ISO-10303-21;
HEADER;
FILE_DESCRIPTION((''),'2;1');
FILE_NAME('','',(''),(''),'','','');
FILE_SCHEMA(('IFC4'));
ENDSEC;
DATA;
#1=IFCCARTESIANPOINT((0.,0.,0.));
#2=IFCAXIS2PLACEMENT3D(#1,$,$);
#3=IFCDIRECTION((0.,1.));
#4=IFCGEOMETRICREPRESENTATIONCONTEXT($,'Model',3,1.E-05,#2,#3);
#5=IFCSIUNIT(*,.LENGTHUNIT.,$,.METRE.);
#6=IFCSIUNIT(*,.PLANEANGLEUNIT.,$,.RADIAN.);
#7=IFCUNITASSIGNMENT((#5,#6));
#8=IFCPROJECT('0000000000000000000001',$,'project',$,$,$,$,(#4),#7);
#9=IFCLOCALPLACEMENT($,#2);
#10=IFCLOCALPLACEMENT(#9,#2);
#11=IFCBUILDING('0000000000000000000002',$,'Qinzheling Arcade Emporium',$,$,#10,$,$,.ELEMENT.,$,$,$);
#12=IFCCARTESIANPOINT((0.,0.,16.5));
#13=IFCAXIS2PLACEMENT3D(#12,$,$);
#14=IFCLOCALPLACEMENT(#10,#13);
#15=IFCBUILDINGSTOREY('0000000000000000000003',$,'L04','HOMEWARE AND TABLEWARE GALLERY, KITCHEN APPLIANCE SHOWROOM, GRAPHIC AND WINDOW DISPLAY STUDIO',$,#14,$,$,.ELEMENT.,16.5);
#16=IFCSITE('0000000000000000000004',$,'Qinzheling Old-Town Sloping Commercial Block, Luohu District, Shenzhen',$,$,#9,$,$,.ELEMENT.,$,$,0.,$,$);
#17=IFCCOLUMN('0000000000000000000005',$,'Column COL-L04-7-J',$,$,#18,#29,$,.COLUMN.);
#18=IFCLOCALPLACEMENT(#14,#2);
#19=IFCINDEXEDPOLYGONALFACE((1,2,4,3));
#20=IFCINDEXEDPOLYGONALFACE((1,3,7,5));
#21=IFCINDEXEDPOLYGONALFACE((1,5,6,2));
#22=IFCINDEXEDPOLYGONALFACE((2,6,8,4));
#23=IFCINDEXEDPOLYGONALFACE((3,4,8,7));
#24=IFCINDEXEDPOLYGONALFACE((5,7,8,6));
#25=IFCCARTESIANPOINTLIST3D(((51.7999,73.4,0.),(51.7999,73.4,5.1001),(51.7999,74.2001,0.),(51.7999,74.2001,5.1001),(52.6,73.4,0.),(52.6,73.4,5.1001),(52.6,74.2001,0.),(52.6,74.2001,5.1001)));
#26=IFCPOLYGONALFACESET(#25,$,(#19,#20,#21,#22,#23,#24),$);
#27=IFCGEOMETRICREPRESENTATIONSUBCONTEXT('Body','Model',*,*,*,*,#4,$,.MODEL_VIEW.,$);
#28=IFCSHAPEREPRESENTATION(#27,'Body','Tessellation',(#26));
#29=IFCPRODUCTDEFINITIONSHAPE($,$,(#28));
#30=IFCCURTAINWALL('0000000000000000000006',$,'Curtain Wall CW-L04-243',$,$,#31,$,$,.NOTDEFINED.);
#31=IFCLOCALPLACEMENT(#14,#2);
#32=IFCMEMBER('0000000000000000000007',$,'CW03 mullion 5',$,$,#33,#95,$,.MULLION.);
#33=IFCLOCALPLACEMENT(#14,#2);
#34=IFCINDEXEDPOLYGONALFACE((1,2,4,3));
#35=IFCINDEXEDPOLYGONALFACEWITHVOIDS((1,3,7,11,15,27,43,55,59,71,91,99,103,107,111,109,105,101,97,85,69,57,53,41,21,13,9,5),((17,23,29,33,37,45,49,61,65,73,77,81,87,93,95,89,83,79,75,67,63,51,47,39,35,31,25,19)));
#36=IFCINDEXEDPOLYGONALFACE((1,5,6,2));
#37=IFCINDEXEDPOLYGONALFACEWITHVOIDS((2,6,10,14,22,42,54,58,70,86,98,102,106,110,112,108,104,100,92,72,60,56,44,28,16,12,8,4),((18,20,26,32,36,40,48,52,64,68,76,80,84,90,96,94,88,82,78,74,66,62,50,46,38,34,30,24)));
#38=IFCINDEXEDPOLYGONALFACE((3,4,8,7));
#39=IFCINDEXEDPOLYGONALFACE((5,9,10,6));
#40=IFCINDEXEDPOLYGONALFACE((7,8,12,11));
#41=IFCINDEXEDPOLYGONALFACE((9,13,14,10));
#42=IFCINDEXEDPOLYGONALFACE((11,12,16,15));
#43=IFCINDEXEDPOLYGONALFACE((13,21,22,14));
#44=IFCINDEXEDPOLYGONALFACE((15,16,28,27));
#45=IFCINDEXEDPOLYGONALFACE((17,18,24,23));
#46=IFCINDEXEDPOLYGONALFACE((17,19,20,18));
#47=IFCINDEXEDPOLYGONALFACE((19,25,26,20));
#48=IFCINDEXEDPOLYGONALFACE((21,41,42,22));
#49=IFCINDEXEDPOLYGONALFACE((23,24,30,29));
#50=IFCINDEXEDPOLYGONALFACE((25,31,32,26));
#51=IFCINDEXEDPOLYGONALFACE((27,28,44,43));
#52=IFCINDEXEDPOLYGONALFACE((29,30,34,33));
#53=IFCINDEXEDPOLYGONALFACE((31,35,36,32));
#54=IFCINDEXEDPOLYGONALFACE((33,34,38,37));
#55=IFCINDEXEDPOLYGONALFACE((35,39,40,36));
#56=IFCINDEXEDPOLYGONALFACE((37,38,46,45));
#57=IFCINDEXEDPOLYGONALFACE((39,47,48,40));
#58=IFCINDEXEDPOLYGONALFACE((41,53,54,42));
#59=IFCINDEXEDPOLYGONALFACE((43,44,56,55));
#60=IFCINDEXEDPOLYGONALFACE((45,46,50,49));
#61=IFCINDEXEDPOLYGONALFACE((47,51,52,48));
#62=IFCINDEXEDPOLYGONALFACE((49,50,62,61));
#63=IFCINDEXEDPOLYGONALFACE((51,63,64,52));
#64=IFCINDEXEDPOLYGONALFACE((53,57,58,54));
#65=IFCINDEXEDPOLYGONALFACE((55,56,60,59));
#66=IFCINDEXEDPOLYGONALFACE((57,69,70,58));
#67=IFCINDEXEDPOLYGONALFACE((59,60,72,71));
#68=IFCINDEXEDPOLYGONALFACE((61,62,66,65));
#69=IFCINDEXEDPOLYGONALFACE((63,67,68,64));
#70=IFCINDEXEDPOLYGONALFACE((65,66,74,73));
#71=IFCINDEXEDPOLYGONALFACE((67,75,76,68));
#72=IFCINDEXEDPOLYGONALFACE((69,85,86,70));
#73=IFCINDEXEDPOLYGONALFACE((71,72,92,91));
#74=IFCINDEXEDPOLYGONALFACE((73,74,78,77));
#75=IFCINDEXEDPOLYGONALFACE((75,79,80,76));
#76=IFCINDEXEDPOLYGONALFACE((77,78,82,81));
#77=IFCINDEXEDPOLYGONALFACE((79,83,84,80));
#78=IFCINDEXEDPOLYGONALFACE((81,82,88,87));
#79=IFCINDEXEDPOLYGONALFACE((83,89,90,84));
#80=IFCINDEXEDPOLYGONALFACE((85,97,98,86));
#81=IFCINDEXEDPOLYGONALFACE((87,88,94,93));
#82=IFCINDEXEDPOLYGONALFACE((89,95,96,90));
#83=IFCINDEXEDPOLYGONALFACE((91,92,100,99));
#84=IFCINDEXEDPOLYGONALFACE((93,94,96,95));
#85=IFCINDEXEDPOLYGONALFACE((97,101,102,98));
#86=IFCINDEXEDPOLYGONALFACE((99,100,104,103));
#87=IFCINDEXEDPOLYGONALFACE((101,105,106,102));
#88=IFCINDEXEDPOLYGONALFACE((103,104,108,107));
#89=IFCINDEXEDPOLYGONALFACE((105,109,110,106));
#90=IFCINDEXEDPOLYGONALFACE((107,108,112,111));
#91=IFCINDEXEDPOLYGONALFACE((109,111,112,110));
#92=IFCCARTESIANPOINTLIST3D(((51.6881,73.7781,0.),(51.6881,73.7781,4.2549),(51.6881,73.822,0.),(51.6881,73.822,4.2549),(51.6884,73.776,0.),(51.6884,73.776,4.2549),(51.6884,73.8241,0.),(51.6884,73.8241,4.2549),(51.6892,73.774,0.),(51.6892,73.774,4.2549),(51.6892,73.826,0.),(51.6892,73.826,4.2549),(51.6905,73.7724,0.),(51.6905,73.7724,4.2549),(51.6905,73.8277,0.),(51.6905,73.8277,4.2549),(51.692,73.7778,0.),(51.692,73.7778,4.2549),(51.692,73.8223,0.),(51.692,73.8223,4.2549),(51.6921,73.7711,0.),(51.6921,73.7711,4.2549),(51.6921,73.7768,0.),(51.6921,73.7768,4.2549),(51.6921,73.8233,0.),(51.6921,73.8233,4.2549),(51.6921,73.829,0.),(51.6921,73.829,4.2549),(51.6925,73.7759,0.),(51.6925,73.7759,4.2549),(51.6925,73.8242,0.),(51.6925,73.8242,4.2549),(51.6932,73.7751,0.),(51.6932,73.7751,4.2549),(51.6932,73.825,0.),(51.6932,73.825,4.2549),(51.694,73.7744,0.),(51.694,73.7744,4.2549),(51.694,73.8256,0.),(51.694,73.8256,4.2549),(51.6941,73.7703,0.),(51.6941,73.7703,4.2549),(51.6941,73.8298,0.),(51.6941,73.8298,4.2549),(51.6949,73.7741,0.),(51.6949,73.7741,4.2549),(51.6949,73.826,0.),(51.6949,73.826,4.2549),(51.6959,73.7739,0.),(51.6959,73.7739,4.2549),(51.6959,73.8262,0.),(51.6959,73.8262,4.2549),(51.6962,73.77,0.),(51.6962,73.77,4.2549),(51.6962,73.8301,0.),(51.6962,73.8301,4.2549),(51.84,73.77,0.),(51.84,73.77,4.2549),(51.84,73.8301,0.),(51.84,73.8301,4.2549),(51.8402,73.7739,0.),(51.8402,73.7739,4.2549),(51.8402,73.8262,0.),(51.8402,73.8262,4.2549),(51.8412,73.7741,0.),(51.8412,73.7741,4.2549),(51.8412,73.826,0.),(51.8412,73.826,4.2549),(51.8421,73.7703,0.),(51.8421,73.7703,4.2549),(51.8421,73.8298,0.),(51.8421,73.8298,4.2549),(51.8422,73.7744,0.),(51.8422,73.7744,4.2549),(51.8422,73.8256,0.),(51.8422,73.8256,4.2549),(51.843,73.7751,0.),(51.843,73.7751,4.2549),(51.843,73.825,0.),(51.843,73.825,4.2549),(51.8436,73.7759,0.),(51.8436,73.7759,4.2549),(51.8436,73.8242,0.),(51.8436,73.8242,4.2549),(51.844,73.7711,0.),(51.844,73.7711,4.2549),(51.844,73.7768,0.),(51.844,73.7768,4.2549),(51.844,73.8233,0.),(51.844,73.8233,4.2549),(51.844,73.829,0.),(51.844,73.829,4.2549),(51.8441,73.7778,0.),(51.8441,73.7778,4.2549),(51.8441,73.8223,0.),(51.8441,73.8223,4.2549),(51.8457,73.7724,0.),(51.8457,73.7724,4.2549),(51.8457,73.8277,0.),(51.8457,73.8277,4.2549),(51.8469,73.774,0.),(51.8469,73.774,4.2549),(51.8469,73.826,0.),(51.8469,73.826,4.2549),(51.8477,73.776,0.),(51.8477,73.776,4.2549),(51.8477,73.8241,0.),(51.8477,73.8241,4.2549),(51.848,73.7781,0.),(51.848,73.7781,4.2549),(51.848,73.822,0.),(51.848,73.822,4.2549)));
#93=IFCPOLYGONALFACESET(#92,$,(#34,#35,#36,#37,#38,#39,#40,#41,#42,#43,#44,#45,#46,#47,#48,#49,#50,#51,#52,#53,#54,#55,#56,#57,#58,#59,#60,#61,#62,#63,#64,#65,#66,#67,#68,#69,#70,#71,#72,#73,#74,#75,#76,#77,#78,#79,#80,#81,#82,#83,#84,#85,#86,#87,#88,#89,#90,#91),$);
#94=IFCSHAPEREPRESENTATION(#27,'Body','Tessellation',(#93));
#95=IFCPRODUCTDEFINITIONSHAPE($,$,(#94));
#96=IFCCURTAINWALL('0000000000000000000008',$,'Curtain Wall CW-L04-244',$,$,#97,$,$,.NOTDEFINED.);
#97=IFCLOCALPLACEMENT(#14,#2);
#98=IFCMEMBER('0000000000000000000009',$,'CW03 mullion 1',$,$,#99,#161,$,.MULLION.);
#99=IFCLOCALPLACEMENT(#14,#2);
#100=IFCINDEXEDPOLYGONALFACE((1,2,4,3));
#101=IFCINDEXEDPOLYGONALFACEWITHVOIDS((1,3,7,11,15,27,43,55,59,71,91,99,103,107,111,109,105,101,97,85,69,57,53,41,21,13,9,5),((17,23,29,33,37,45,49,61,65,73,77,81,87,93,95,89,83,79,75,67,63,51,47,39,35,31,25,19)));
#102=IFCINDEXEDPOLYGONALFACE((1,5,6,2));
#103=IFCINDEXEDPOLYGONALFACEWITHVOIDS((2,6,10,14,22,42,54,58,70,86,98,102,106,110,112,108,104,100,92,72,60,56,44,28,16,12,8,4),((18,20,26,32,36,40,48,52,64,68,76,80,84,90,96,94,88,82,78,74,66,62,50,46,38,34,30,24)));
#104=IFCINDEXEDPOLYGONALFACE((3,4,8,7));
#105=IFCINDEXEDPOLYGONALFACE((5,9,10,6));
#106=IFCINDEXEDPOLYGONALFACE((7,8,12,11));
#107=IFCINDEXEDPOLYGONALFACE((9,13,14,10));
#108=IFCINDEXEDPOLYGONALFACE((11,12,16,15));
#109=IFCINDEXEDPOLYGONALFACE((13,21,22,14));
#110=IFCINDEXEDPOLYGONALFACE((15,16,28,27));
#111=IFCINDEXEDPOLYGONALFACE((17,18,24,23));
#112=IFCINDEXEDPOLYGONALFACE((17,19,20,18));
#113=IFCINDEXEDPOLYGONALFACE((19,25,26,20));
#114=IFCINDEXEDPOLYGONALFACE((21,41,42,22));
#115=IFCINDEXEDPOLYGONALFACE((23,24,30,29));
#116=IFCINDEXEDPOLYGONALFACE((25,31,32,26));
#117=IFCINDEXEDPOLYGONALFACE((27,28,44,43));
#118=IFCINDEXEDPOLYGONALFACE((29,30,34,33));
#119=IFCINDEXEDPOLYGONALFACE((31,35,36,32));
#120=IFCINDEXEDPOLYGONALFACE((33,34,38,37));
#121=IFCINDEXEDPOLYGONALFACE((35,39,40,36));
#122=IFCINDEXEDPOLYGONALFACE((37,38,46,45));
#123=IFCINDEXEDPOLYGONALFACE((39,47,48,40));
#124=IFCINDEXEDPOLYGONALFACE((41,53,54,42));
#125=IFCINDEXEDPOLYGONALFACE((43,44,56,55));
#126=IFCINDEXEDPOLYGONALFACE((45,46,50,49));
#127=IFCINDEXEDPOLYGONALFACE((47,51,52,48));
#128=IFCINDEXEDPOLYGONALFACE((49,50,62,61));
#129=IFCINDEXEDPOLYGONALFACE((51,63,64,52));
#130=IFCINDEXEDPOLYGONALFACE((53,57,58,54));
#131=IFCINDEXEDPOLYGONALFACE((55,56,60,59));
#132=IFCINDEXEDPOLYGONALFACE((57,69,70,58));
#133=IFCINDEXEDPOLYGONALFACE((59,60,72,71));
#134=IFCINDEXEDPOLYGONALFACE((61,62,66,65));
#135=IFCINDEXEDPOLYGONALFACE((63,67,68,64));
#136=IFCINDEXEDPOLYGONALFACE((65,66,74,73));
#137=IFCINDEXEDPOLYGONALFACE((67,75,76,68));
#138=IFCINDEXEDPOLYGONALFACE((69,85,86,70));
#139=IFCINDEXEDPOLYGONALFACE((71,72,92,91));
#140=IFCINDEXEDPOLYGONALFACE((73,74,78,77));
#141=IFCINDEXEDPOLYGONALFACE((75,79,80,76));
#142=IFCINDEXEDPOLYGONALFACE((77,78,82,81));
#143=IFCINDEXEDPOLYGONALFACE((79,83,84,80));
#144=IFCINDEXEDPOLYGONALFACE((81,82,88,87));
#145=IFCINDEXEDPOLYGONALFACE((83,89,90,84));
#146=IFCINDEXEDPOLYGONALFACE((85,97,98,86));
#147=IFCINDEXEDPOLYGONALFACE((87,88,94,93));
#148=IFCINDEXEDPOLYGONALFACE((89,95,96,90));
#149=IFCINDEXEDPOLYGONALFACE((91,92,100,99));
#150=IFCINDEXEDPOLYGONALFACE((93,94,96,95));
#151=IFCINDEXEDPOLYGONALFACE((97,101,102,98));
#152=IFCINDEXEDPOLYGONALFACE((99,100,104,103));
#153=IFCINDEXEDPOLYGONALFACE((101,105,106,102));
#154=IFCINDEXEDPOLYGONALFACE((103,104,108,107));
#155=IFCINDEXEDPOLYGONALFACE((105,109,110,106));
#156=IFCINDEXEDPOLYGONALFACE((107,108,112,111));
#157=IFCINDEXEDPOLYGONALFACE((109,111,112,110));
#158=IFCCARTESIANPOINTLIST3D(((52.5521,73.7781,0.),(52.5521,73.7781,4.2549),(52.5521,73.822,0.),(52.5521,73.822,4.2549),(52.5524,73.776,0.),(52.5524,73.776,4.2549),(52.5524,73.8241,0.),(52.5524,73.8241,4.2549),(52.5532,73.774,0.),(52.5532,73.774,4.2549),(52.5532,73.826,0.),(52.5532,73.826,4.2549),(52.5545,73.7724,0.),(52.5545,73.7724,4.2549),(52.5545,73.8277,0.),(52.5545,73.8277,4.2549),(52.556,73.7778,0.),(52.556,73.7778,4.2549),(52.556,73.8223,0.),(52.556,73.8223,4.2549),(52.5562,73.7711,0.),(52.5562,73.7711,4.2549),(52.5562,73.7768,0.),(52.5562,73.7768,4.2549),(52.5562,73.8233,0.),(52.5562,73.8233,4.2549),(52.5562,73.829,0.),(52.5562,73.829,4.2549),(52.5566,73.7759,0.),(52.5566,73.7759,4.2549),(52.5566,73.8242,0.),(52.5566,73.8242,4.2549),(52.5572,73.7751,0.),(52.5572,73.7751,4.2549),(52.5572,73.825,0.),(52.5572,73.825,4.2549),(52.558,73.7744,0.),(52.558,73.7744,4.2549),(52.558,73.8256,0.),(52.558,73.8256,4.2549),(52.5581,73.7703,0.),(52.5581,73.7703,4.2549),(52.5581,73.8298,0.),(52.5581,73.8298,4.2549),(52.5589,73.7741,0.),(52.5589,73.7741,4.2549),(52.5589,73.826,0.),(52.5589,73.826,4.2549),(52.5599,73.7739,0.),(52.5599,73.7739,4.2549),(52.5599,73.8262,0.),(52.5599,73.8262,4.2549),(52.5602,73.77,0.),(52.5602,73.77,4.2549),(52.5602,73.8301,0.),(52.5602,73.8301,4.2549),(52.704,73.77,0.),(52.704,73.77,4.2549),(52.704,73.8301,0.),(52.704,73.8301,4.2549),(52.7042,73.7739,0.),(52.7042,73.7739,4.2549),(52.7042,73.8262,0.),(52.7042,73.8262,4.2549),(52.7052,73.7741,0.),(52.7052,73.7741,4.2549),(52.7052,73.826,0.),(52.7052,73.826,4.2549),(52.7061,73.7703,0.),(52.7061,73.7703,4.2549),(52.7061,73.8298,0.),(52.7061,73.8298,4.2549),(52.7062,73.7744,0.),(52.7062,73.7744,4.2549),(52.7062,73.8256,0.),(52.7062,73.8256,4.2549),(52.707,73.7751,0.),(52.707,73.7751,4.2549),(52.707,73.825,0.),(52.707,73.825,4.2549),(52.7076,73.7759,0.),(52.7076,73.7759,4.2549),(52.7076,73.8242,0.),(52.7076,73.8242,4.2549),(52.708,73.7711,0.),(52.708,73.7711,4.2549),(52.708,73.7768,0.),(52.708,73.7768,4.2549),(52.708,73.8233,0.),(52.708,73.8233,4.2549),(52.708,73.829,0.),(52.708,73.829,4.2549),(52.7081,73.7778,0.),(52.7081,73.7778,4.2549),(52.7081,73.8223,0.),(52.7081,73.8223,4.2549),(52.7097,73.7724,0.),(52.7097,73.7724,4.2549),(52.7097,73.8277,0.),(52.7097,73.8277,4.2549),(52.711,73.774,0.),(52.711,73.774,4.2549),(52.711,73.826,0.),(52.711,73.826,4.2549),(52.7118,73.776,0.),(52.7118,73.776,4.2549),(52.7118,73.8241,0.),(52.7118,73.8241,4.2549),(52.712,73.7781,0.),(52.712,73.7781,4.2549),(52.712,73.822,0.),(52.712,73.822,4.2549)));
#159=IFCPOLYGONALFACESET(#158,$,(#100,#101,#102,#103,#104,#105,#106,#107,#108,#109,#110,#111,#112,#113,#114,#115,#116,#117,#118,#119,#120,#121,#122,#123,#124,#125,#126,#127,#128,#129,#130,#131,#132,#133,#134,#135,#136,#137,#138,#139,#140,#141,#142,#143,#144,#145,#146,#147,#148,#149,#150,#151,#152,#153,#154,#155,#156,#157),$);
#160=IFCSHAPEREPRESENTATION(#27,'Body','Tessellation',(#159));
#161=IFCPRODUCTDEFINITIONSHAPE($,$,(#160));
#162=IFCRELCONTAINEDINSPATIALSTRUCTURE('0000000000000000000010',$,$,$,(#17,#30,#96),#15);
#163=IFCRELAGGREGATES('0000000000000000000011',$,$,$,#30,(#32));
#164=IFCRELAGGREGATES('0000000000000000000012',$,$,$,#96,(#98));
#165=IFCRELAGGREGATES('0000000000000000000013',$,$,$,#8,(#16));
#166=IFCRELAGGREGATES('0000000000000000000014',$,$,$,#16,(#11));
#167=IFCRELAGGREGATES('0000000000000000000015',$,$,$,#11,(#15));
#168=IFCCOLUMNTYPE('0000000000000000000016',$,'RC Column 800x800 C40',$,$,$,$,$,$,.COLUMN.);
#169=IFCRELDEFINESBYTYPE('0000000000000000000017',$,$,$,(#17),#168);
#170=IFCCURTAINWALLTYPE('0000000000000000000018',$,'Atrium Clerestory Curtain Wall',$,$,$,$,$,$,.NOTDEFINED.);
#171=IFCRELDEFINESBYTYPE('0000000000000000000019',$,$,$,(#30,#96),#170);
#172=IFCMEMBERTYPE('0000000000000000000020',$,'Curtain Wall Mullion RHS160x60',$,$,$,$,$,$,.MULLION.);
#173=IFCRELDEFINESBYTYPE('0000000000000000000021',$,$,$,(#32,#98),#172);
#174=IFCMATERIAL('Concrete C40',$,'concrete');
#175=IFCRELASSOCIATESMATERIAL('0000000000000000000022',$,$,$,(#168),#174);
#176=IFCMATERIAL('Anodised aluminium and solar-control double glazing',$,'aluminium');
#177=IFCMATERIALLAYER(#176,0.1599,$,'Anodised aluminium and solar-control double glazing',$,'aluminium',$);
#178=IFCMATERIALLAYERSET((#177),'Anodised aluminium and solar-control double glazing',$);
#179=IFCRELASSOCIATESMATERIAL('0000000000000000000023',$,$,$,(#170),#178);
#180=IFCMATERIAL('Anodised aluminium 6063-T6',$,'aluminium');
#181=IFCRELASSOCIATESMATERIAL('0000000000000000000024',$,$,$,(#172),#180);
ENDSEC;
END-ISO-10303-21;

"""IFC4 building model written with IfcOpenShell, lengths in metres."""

from ifc_helpers import new_model, si_unit, direction, frame, origin, origin_2d, place, context, subcontext, project, spatial, rectangle, hollow_rectangle, extrude, material, layer, layer_set, material_profile, profile_set, type_object, element, aggregate, save


model = new_model("IFC4")

# Units and contexts
model_context = context("Model", 3, precision=1e-05, world=origin(), true_north=direction((0.0, 1.0)))
body_context = subcontext(model_context, "Body", "Model", "MODEL_VIEW")
ifc_project = project(units=[si_unit("LENGTHUNIT", "METRE"), si_unit("PLANEANGLEUNIT", "RADIAN")], contexts=[model_context])

# Site, building, storey
site_placement = place(None, origin())
site = spatial("IfcSite", under=ifc_project, at=site_placement, Name="Qinzheling Old-Town Sloping Commercial Block, Luohu District, Shenzhen", CompositionType="ELEMENT", RefElevation=0.0)
building_placement = place(site_placement, origin())
building = spatial("IfcBuilding", under=site, at=building_placement, Name="Qinzheling Arcade Emporium", CompositionType="ELEMENT")
storey_placement = place(building_placement, frame((0.0, 0.0, 16.5)))
storey = spatial("IfcBuildingStorey", under=building, at=storey_placement, Name="L04", Description="HOMEWARE AND TABLEWARE GALLERY, KITCHEN APPLIANCE SHOWROOM, GRAPHIC AND WINDOW DISPLAY STUDIO", CompositionType="ELEMENT", Elevation=16.5)

# Column
ifc_material_1 = material(Name="Concrete C40", Category="concrete")
ifc_material_profile_1 = material_profile(ifc_material_1, rectangle(XDim=0.8, YDim=0.8, at=origin_2d()), Name="RC 800x800", Category="concrete")
ifc_profile_set_1 = profile_set([ifc_material_profile_1], Name="Concrete C40")
column_type = type_object("IfcColumnType", Name="RC Column 800x800 C40", PredefinedType="COLUMN", material=ifc_profile_set_1)
column_placement = place(storey_placement, frame((52.2, 73.8, 0.0), z_axis=(0.0, 0.0, 1.0), x_axis=(1.0, 0.0, 0.0)))
element("IfcColumn", 1, at=column_placement, inside=storey, type_object=column_type, Name="Column COL-L04-7-J", PredefinedType="COLUMN", context=body_context, shape_type="SweptSolid", body=[
    extrude(rectangle(XDim=0.8, YDim=0.8, at=origin_2d()), origin(), (0.0, 0.0, 1.0), 5.1001),
])

# Curtain wall, member
ifc_material_2 = material(Name="Anodised aluminium and solar-control double glazing", Category="aluminium")
ifc_layer_1 = layer(ifc_material_2, 0.1599, Name="Anodised aluminium and solar-control double glazing", Category="aluminium")
ifc_layer_set_1 = layer_set([ifc_layer_1], Name="Anodised aluminium and solar-control double glazing")
curtain_wall_type = type_object("IfcCurtainWallType", Name="Atrium Clerestory Curtain Wall", PredefinedType="NOTDEFINED", material=ifc_layer_set_1)
curtain_wall_1_placement = place(storey_placement, origin())
curtain_wall_1 = element("IfcCurtainWall", 2, at=curtain_wall_1_placement, inside=storey, type_object=curtain_wall_type, Name="Curtain Wall CW-L04-243", PredefinedType="NOTDEFINED")
ifc_material_3 = material(Name="Anodised aluminium 6063-T6", Category="aluminium")
ifc_material_profile_2 = material_profile(ifc_material_3, hollow_rectangle(XDim=0.0601, YDim=0.1599, WallThickness=0.0039, InnerFilletRadius=0.0039, OuterFilletRadius=0.0081, at=origin_2d()), Name="RHS 160x60x4", Category="aluminium")
ifc_profile_set_2 = profile_set([ifc_material_profile_2], Name="Anodised aluminium 6063-T6")
member_type_1 = type_object("IfcMemberType", Name="Curtain Wall Mullion RHS160x60", PredefinedType="MULLION", material=ifc_profile_set_2)
member_1_placement = place(storey_placement, frame((51.7681, 73.8, 0.0), z_axis=(0.0, 0.0, 1.0), x_axis=(0.0, 1.0, 0.0)))
member_1 = element("IfcMember", 3, at=member_1_placement, type_object=member_type_1, Name="CW03 mullion 5", PredefinedType="MULLION", context=body_context, shape_type="SweptSolid", body=[
    extrude(hollow_rectangle(XDim=0.0601, YDim=0.1599, WallThickness=0.0039, InnerFilletRadius=0.0039, OuterFilletRadius=0.0081, at=origin_2d()), origin(), (0.0, 0.0, 1.0), 4.2549),
])
aggregate(curtain_wall_1, [member_1])

# Curtain wall, member
curtain_wall_2_placement = place(storey_placement, origin())
curtain_wall_2 = element("IfcCurtainWall", 4, at=curtain_wall_2_placement, inside=storey, type_object=curtain_wall_type, Name="Curtain Wall CW-L04-244", PredefinedType="NOTDEFINED")
member_2_placement = place(storey_placement, frame((52.6321, 73.8, 0.0), z_axis=(0.0, 0.0, 1.0), x_axis=(0.0, 1.0, 0.0)))
member_2 = element("IfcMember", 5, at=member_2_placement, type_object=member_type_1, Name="CW03 mullion 1", PredefinedType="MULLION", context=body_context, shape_type="SweptSolid", body=[
    extrude(hollow_rectangle(XDim=0.0601, YDim=0.1599, WallThickness=0.0039, InnerFilletRadius=0.0039, OuterFilletRadius=0.0081, at=origin_2d()), origin(), (0.0, 0.0, 1.0), 4.2549),
])

aggregate(curtain_wall_2, [member_2])

save(model, "model.ifc")
